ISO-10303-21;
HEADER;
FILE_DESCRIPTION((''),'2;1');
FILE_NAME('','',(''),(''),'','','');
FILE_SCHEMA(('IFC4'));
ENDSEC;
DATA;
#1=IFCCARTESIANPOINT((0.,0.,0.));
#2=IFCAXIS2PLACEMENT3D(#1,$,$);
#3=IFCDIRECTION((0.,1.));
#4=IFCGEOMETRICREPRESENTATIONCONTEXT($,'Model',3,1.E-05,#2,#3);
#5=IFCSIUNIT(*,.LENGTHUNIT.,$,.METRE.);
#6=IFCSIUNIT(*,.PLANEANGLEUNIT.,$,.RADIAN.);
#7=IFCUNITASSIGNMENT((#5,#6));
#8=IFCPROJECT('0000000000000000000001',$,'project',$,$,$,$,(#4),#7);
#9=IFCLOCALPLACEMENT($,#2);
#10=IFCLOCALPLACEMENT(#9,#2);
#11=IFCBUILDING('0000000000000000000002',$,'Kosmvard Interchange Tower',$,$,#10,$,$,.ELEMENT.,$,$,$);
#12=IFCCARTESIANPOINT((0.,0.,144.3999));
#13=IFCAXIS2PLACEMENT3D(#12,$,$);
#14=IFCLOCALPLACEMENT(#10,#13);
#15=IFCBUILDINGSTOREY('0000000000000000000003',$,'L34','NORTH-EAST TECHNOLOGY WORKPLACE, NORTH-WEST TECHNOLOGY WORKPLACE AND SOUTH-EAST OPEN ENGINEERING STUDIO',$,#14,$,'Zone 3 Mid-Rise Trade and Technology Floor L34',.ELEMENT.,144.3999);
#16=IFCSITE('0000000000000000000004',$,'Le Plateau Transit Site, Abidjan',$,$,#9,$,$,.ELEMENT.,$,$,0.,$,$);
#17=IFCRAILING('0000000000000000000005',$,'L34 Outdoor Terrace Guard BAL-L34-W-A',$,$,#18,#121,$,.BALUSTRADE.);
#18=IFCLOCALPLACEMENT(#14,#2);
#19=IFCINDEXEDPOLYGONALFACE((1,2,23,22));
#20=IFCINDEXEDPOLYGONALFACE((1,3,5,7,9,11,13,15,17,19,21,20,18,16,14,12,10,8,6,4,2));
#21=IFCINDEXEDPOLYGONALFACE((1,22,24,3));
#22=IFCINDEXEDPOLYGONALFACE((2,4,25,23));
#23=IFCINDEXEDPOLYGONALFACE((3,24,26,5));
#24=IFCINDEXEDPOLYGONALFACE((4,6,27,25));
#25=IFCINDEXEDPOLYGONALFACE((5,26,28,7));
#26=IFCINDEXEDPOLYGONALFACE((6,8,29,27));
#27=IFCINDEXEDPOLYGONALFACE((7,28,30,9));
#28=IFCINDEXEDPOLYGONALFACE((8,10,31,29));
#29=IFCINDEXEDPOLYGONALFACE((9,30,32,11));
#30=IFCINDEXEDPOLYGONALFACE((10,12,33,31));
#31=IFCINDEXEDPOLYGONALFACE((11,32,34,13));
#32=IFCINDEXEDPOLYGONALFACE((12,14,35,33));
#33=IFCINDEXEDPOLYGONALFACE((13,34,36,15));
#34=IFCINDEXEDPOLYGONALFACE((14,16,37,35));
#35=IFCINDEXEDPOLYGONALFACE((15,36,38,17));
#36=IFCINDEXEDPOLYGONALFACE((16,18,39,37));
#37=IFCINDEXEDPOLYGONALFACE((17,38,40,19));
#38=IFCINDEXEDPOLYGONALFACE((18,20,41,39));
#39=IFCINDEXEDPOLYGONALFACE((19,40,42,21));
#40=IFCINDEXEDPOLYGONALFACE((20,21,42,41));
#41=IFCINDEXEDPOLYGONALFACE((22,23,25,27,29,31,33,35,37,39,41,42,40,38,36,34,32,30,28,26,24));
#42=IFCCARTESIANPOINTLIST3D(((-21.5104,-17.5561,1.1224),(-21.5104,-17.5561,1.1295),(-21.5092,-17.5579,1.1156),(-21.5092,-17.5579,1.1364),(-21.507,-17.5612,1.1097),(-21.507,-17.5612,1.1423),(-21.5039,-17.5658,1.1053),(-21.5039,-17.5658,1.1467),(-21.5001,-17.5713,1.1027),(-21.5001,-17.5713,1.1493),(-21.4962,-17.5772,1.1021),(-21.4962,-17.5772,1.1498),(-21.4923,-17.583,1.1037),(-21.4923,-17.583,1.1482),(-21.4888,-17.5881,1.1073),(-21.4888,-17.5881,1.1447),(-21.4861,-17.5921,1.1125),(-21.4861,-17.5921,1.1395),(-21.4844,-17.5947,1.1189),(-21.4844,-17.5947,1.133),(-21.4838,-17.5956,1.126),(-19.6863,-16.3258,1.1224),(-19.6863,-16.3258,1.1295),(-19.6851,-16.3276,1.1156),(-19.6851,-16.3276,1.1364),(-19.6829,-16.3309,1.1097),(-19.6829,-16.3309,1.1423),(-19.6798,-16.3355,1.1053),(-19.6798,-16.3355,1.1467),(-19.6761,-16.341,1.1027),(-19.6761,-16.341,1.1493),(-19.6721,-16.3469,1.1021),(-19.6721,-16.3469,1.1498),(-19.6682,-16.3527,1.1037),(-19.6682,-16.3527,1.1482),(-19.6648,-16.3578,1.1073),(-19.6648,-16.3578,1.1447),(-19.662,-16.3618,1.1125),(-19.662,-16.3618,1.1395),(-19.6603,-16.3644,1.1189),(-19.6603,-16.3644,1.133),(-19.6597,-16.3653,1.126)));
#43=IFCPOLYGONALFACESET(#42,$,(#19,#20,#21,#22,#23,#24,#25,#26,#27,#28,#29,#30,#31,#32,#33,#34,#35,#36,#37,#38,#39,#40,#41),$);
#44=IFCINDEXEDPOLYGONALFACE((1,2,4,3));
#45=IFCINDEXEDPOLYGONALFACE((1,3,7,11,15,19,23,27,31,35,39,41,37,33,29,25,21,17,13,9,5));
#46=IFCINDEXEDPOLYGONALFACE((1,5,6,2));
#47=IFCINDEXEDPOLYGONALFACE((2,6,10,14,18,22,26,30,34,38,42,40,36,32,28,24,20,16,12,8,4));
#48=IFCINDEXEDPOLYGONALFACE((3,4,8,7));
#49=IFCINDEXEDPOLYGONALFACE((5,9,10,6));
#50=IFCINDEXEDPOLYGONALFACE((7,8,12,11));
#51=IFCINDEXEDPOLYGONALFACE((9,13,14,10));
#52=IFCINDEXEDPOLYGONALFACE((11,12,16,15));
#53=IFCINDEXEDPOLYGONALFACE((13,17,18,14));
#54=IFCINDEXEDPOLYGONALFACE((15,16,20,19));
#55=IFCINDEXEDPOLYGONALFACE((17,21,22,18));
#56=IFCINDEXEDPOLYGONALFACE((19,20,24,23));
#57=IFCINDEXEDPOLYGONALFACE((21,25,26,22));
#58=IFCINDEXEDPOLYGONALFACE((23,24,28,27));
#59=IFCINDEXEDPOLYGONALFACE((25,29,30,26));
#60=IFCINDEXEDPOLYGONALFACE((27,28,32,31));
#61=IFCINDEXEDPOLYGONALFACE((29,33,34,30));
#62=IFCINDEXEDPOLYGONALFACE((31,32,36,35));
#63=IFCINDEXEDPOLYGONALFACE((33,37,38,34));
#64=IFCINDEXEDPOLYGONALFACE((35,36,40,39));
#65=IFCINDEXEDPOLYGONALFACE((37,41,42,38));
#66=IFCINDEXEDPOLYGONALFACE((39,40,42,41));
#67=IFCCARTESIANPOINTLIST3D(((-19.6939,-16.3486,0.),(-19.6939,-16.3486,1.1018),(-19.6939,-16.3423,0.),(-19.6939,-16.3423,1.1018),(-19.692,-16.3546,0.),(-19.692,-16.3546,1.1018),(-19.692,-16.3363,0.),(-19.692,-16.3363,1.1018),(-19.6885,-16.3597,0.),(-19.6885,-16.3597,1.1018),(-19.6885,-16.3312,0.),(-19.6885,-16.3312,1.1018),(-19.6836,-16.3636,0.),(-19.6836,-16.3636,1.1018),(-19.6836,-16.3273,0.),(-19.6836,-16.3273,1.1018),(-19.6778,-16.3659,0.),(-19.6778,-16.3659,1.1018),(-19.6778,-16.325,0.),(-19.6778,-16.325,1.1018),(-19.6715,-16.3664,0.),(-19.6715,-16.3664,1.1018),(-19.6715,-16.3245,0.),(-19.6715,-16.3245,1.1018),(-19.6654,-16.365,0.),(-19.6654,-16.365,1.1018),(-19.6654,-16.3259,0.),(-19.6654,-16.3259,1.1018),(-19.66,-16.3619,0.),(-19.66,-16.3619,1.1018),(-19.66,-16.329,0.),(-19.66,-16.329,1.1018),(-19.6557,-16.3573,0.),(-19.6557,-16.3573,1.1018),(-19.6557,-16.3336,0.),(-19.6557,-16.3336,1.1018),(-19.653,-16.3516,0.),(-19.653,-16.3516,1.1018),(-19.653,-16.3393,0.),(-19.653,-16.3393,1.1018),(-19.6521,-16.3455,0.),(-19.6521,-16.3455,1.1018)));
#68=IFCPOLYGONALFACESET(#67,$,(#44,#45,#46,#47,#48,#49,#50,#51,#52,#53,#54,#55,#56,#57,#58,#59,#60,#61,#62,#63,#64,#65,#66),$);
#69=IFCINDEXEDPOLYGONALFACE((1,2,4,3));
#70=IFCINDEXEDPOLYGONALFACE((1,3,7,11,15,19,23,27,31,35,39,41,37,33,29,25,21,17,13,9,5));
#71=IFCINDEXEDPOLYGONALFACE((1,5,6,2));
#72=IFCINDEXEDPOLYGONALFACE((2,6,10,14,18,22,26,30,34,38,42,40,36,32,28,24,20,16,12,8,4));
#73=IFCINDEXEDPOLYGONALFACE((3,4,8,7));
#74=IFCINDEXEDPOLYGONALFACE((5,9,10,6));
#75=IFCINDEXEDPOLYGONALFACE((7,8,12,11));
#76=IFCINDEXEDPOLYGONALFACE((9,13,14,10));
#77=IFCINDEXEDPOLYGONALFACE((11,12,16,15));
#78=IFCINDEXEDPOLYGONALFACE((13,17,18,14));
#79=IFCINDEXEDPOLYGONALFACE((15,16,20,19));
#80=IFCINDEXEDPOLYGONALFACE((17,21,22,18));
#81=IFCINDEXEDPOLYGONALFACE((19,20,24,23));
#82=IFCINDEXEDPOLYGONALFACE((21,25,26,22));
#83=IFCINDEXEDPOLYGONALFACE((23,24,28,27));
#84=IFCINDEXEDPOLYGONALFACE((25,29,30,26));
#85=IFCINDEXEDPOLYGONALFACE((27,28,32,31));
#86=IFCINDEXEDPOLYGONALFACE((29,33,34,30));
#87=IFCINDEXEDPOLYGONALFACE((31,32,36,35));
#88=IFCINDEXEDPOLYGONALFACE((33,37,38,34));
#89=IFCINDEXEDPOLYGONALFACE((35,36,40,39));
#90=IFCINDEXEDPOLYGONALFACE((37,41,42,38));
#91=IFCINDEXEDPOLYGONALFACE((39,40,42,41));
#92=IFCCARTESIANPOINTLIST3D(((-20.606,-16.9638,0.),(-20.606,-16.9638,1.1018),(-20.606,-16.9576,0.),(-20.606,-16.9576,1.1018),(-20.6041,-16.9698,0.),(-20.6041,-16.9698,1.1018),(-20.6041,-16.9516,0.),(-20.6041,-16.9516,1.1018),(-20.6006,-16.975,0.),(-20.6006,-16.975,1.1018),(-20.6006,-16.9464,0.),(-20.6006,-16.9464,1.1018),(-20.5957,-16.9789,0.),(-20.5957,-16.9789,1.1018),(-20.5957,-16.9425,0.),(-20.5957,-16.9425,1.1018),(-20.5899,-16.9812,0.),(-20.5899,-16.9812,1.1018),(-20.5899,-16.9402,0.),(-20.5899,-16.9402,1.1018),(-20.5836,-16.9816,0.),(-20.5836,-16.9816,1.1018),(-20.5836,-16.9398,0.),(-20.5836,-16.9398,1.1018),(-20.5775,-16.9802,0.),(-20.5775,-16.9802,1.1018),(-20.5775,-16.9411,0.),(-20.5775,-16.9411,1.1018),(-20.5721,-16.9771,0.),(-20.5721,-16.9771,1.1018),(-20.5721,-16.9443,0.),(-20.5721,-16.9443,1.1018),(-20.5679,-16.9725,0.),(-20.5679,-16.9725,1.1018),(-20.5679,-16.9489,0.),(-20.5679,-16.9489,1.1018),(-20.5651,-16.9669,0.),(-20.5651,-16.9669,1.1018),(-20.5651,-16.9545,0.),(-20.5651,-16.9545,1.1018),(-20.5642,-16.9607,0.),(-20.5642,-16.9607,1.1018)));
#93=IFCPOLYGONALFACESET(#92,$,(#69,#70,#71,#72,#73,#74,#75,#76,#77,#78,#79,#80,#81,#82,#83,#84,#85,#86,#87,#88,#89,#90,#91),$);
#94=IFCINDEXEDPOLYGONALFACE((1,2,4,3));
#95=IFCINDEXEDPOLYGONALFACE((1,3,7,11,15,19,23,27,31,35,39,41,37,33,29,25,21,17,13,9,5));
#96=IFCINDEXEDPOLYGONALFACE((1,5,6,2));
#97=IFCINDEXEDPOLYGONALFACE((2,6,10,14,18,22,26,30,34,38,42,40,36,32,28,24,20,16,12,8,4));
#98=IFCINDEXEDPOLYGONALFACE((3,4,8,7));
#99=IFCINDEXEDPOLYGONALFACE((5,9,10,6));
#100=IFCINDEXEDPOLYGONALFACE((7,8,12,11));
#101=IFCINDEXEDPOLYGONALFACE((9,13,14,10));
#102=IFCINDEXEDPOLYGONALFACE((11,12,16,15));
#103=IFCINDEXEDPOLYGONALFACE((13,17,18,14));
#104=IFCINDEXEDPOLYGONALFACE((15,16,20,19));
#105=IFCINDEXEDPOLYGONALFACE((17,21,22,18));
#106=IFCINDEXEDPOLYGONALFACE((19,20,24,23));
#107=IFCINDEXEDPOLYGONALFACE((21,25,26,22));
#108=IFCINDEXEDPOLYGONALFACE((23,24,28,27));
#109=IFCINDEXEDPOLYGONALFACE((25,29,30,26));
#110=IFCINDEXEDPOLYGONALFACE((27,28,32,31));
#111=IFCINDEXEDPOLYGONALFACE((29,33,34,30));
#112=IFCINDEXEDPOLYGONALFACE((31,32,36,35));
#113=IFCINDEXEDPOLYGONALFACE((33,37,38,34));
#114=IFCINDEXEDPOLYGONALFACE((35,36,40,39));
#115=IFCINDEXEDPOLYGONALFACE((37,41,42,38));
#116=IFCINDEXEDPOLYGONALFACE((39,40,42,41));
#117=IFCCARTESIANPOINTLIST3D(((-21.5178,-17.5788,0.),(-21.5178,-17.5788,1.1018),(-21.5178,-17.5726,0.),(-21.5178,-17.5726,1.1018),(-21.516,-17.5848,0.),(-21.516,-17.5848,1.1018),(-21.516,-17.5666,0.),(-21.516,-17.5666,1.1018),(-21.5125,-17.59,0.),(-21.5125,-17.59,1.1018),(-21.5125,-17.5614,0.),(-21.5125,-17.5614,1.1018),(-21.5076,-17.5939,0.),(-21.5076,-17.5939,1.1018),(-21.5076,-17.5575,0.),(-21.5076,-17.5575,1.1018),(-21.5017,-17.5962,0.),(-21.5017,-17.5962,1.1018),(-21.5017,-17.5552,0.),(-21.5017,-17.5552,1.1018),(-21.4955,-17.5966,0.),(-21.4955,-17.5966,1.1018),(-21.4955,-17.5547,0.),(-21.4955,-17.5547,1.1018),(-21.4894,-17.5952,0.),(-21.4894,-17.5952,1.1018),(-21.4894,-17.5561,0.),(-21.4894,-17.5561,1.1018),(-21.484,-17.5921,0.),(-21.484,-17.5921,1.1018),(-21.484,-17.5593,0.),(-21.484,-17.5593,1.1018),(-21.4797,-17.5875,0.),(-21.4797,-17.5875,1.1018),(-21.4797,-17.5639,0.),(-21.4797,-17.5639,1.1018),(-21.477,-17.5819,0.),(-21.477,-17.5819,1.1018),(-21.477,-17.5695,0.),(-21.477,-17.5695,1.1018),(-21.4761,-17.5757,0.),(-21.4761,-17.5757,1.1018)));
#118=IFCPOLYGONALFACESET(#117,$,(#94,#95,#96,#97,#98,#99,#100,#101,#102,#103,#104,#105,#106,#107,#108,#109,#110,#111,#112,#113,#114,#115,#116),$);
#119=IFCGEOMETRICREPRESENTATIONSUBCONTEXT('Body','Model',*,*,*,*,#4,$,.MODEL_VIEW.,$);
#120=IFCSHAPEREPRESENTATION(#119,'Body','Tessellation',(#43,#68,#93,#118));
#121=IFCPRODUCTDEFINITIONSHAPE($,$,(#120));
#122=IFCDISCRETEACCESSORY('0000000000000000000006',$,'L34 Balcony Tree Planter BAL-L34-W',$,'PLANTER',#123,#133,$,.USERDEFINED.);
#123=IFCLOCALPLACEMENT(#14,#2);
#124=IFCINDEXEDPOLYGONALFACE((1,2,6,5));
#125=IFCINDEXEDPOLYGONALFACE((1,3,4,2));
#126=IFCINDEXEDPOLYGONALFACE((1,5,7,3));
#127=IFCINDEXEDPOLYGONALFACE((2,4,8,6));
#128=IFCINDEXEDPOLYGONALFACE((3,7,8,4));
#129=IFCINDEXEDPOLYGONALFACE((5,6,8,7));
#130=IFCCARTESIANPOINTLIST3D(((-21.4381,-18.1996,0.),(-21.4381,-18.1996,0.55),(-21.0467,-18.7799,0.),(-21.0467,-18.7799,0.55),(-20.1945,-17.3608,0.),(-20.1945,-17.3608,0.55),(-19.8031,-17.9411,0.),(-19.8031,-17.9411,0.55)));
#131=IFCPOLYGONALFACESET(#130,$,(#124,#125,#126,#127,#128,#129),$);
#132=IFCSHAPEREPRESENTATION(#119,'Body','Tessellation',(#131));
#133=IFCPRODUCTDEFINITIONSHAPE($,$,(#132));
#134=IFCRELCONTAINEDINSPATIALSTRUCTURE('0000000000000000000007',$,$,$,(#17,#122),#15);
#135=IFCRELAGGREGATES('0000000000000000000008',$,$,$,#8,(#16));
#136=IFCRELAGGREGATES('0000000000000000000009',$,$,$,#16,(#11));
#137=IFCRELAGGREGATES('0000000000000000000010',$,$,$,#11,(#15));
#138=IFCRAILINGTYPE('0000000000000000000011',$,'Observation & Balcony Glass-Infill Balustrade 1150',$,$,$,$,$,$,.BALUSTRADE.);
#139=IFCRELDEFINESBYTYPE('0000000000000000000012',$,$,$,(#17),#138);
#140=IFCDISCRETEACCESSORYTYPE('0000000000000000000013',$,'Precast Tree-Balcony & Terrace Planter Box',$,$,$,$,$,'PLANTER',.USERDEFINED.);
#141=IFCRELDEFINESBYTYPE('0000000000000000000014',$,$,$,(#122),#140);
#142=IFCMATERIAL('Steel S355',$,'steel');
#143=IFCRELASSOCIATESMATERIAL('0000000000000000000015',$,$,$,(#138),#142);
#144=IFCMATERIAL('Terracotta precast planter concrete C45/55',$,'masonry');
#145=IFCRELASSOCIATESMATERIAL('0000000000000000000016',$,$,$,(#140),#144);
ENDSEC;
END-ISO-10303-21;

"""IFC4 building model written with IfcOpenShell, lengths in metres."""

from ifc_helpers import new_model, si_unit, direction, frame, origin, origin_2d, place, context, subcontext, project, spatial, rectangle, circle, extrude, source, transform, mapped, material, type_object, element, save


model = new_model("IFC4")

# Units and contexts
model_context = context("Model", 3, precision=1e-05, world=origin(), true_north=direction((0.0, 1.0)))
body_context = subcontext(model_context, "Body", "Model", "MODEL_VIEW")
ifc_project = project(units=[si_unit("LENGTHUNIT", "METRE"), si_unit("PLANEANGLEUNIT", "RADIAN")], contexts=[model_context])

# Site, building, storey
site_placement = place(None, origin())
site = spatial("IfcSite", under=ifc_project, at=site_placement, Name="Le Plateau Transit Site, Abidjan", CompositionType="ELEMENT", RefElevation=0.0)
building_placement = place(site_placement, origin())
building = spatial("IfcBuilding", under=site, at=building_placement, Name="Kosmvard Interchange Tower", CompositionType="ELEMENT")
storey_placement = place(building_placement, frame((0.0, 0.0, 144.3999)))
storey = spatial("IfcBuildingStorey", under=building, at=storey_placement, Name="L34", Description="NORTH-EAST TECHNOLOGY WORKPLACE, NORTH-WEST TECHNOLOGY WORKPLACE AND SOUTH-EAST OPEN ENGINEERING STUDIO", LongName="Zone 3 Mid-Rise Trade and Technology Floor L34", CompositionType="ELEMENT", Elevation=144.3999)

# Shared definitions
ifc_material_1 = material(Name="Steel S355", Category="steel")

# Railing
railing_type = type_object("IfcRailingType", Name="Observation & Balcony Glass-Infill Balustrade 1150", PredefinedType="BALUSTRADE", material=ifc_material_1)
shared_shape_1 = source(origin(), body_context, "Body", "SweptSolid", [
    extrude(circle(Radius=0.0239, at=origin_2d()), frame((0.0, 0.0, 1.126), z_axis=(-0.829051, -0.559174, 0.0), x_axis=(0.559174, -0.829051, 0.0)), (0.0, 0.0, 1.0), 2.2002),
    extrude(circle(Radius=0.021, at=origin_2d()), origin(), (0.0, 0.0, 1.0), 1.1018),
    extrude(circle(Radius=0.021, at=origin_2d()), frame((-0.9121, -0.6152, 0.0)), (0.0, 0.0, 1.0), 1.1018),
    extrude(circle(Radius=0.021, at=origin_2d()), frame((-1.824, -1.2302, 0.0)), (0.0, 0.0, 1.0), 1.1018),
])
railing_1_placement = place(storey_placement, frame((-19.6731, -16.3455, 0.0)))
element("IfcRailing", 1, at=railing_1_placement, inside=storey, type_object=railing_type, Name="L34 Outdoor Terrace Guard BAL-L34-W-A", PredefinedType="BALUSTRADE", context=body_context, shape_type="MappedRepresentation", body=[
    mapped(shared_shape_1, transform((0.0, 0.0, 0.0), scale=1.0)),
])

# Discrete accessory
ifc_material_2 = material(Name="Terracotta precast planter concrete C45/55", Category="masonry")
discrete_accessory_type = type_object("IfcDiscreteAccessoryType", Name="Precast Tree-Balcony & Terrace Planter Box", ElementType="PLANTER", PredefinedType="USERDEFINED", material=ifc_material_2)
shared_shape_2 = source(origin(), body_context, "Body", "SweptSolid", [
    extrude(rectangle(XDim=1.5, YDim=0.7, at=origin_2d()), origin(), (0.0, 0.0, 1.0), 0.55),
])
discrete_accessory_placement = place(storey_placement, frame((-20.6206, -18.0703, 0.0), z_axis=(0.0, 0.0, 1.0), x_axis=(0.829038, 0.559193, 0.0)))
element("IfcDiscreteAccessory", 2, at=discrete_accessory_placement, inside=storey, type_object=discrete_accessory_type, Name="L34 Balcony Tree Planter BAL-L34-W", ObjectType="PLANTER", PredefinedType="USERDEFINED", context=body_context, shape_type="MappedRepresentation", body=[
    mapped(shared_shape_2, transform((0.0, 0.0, 0.0), scale=1.0)),
])

save(model, "model.ifc")
